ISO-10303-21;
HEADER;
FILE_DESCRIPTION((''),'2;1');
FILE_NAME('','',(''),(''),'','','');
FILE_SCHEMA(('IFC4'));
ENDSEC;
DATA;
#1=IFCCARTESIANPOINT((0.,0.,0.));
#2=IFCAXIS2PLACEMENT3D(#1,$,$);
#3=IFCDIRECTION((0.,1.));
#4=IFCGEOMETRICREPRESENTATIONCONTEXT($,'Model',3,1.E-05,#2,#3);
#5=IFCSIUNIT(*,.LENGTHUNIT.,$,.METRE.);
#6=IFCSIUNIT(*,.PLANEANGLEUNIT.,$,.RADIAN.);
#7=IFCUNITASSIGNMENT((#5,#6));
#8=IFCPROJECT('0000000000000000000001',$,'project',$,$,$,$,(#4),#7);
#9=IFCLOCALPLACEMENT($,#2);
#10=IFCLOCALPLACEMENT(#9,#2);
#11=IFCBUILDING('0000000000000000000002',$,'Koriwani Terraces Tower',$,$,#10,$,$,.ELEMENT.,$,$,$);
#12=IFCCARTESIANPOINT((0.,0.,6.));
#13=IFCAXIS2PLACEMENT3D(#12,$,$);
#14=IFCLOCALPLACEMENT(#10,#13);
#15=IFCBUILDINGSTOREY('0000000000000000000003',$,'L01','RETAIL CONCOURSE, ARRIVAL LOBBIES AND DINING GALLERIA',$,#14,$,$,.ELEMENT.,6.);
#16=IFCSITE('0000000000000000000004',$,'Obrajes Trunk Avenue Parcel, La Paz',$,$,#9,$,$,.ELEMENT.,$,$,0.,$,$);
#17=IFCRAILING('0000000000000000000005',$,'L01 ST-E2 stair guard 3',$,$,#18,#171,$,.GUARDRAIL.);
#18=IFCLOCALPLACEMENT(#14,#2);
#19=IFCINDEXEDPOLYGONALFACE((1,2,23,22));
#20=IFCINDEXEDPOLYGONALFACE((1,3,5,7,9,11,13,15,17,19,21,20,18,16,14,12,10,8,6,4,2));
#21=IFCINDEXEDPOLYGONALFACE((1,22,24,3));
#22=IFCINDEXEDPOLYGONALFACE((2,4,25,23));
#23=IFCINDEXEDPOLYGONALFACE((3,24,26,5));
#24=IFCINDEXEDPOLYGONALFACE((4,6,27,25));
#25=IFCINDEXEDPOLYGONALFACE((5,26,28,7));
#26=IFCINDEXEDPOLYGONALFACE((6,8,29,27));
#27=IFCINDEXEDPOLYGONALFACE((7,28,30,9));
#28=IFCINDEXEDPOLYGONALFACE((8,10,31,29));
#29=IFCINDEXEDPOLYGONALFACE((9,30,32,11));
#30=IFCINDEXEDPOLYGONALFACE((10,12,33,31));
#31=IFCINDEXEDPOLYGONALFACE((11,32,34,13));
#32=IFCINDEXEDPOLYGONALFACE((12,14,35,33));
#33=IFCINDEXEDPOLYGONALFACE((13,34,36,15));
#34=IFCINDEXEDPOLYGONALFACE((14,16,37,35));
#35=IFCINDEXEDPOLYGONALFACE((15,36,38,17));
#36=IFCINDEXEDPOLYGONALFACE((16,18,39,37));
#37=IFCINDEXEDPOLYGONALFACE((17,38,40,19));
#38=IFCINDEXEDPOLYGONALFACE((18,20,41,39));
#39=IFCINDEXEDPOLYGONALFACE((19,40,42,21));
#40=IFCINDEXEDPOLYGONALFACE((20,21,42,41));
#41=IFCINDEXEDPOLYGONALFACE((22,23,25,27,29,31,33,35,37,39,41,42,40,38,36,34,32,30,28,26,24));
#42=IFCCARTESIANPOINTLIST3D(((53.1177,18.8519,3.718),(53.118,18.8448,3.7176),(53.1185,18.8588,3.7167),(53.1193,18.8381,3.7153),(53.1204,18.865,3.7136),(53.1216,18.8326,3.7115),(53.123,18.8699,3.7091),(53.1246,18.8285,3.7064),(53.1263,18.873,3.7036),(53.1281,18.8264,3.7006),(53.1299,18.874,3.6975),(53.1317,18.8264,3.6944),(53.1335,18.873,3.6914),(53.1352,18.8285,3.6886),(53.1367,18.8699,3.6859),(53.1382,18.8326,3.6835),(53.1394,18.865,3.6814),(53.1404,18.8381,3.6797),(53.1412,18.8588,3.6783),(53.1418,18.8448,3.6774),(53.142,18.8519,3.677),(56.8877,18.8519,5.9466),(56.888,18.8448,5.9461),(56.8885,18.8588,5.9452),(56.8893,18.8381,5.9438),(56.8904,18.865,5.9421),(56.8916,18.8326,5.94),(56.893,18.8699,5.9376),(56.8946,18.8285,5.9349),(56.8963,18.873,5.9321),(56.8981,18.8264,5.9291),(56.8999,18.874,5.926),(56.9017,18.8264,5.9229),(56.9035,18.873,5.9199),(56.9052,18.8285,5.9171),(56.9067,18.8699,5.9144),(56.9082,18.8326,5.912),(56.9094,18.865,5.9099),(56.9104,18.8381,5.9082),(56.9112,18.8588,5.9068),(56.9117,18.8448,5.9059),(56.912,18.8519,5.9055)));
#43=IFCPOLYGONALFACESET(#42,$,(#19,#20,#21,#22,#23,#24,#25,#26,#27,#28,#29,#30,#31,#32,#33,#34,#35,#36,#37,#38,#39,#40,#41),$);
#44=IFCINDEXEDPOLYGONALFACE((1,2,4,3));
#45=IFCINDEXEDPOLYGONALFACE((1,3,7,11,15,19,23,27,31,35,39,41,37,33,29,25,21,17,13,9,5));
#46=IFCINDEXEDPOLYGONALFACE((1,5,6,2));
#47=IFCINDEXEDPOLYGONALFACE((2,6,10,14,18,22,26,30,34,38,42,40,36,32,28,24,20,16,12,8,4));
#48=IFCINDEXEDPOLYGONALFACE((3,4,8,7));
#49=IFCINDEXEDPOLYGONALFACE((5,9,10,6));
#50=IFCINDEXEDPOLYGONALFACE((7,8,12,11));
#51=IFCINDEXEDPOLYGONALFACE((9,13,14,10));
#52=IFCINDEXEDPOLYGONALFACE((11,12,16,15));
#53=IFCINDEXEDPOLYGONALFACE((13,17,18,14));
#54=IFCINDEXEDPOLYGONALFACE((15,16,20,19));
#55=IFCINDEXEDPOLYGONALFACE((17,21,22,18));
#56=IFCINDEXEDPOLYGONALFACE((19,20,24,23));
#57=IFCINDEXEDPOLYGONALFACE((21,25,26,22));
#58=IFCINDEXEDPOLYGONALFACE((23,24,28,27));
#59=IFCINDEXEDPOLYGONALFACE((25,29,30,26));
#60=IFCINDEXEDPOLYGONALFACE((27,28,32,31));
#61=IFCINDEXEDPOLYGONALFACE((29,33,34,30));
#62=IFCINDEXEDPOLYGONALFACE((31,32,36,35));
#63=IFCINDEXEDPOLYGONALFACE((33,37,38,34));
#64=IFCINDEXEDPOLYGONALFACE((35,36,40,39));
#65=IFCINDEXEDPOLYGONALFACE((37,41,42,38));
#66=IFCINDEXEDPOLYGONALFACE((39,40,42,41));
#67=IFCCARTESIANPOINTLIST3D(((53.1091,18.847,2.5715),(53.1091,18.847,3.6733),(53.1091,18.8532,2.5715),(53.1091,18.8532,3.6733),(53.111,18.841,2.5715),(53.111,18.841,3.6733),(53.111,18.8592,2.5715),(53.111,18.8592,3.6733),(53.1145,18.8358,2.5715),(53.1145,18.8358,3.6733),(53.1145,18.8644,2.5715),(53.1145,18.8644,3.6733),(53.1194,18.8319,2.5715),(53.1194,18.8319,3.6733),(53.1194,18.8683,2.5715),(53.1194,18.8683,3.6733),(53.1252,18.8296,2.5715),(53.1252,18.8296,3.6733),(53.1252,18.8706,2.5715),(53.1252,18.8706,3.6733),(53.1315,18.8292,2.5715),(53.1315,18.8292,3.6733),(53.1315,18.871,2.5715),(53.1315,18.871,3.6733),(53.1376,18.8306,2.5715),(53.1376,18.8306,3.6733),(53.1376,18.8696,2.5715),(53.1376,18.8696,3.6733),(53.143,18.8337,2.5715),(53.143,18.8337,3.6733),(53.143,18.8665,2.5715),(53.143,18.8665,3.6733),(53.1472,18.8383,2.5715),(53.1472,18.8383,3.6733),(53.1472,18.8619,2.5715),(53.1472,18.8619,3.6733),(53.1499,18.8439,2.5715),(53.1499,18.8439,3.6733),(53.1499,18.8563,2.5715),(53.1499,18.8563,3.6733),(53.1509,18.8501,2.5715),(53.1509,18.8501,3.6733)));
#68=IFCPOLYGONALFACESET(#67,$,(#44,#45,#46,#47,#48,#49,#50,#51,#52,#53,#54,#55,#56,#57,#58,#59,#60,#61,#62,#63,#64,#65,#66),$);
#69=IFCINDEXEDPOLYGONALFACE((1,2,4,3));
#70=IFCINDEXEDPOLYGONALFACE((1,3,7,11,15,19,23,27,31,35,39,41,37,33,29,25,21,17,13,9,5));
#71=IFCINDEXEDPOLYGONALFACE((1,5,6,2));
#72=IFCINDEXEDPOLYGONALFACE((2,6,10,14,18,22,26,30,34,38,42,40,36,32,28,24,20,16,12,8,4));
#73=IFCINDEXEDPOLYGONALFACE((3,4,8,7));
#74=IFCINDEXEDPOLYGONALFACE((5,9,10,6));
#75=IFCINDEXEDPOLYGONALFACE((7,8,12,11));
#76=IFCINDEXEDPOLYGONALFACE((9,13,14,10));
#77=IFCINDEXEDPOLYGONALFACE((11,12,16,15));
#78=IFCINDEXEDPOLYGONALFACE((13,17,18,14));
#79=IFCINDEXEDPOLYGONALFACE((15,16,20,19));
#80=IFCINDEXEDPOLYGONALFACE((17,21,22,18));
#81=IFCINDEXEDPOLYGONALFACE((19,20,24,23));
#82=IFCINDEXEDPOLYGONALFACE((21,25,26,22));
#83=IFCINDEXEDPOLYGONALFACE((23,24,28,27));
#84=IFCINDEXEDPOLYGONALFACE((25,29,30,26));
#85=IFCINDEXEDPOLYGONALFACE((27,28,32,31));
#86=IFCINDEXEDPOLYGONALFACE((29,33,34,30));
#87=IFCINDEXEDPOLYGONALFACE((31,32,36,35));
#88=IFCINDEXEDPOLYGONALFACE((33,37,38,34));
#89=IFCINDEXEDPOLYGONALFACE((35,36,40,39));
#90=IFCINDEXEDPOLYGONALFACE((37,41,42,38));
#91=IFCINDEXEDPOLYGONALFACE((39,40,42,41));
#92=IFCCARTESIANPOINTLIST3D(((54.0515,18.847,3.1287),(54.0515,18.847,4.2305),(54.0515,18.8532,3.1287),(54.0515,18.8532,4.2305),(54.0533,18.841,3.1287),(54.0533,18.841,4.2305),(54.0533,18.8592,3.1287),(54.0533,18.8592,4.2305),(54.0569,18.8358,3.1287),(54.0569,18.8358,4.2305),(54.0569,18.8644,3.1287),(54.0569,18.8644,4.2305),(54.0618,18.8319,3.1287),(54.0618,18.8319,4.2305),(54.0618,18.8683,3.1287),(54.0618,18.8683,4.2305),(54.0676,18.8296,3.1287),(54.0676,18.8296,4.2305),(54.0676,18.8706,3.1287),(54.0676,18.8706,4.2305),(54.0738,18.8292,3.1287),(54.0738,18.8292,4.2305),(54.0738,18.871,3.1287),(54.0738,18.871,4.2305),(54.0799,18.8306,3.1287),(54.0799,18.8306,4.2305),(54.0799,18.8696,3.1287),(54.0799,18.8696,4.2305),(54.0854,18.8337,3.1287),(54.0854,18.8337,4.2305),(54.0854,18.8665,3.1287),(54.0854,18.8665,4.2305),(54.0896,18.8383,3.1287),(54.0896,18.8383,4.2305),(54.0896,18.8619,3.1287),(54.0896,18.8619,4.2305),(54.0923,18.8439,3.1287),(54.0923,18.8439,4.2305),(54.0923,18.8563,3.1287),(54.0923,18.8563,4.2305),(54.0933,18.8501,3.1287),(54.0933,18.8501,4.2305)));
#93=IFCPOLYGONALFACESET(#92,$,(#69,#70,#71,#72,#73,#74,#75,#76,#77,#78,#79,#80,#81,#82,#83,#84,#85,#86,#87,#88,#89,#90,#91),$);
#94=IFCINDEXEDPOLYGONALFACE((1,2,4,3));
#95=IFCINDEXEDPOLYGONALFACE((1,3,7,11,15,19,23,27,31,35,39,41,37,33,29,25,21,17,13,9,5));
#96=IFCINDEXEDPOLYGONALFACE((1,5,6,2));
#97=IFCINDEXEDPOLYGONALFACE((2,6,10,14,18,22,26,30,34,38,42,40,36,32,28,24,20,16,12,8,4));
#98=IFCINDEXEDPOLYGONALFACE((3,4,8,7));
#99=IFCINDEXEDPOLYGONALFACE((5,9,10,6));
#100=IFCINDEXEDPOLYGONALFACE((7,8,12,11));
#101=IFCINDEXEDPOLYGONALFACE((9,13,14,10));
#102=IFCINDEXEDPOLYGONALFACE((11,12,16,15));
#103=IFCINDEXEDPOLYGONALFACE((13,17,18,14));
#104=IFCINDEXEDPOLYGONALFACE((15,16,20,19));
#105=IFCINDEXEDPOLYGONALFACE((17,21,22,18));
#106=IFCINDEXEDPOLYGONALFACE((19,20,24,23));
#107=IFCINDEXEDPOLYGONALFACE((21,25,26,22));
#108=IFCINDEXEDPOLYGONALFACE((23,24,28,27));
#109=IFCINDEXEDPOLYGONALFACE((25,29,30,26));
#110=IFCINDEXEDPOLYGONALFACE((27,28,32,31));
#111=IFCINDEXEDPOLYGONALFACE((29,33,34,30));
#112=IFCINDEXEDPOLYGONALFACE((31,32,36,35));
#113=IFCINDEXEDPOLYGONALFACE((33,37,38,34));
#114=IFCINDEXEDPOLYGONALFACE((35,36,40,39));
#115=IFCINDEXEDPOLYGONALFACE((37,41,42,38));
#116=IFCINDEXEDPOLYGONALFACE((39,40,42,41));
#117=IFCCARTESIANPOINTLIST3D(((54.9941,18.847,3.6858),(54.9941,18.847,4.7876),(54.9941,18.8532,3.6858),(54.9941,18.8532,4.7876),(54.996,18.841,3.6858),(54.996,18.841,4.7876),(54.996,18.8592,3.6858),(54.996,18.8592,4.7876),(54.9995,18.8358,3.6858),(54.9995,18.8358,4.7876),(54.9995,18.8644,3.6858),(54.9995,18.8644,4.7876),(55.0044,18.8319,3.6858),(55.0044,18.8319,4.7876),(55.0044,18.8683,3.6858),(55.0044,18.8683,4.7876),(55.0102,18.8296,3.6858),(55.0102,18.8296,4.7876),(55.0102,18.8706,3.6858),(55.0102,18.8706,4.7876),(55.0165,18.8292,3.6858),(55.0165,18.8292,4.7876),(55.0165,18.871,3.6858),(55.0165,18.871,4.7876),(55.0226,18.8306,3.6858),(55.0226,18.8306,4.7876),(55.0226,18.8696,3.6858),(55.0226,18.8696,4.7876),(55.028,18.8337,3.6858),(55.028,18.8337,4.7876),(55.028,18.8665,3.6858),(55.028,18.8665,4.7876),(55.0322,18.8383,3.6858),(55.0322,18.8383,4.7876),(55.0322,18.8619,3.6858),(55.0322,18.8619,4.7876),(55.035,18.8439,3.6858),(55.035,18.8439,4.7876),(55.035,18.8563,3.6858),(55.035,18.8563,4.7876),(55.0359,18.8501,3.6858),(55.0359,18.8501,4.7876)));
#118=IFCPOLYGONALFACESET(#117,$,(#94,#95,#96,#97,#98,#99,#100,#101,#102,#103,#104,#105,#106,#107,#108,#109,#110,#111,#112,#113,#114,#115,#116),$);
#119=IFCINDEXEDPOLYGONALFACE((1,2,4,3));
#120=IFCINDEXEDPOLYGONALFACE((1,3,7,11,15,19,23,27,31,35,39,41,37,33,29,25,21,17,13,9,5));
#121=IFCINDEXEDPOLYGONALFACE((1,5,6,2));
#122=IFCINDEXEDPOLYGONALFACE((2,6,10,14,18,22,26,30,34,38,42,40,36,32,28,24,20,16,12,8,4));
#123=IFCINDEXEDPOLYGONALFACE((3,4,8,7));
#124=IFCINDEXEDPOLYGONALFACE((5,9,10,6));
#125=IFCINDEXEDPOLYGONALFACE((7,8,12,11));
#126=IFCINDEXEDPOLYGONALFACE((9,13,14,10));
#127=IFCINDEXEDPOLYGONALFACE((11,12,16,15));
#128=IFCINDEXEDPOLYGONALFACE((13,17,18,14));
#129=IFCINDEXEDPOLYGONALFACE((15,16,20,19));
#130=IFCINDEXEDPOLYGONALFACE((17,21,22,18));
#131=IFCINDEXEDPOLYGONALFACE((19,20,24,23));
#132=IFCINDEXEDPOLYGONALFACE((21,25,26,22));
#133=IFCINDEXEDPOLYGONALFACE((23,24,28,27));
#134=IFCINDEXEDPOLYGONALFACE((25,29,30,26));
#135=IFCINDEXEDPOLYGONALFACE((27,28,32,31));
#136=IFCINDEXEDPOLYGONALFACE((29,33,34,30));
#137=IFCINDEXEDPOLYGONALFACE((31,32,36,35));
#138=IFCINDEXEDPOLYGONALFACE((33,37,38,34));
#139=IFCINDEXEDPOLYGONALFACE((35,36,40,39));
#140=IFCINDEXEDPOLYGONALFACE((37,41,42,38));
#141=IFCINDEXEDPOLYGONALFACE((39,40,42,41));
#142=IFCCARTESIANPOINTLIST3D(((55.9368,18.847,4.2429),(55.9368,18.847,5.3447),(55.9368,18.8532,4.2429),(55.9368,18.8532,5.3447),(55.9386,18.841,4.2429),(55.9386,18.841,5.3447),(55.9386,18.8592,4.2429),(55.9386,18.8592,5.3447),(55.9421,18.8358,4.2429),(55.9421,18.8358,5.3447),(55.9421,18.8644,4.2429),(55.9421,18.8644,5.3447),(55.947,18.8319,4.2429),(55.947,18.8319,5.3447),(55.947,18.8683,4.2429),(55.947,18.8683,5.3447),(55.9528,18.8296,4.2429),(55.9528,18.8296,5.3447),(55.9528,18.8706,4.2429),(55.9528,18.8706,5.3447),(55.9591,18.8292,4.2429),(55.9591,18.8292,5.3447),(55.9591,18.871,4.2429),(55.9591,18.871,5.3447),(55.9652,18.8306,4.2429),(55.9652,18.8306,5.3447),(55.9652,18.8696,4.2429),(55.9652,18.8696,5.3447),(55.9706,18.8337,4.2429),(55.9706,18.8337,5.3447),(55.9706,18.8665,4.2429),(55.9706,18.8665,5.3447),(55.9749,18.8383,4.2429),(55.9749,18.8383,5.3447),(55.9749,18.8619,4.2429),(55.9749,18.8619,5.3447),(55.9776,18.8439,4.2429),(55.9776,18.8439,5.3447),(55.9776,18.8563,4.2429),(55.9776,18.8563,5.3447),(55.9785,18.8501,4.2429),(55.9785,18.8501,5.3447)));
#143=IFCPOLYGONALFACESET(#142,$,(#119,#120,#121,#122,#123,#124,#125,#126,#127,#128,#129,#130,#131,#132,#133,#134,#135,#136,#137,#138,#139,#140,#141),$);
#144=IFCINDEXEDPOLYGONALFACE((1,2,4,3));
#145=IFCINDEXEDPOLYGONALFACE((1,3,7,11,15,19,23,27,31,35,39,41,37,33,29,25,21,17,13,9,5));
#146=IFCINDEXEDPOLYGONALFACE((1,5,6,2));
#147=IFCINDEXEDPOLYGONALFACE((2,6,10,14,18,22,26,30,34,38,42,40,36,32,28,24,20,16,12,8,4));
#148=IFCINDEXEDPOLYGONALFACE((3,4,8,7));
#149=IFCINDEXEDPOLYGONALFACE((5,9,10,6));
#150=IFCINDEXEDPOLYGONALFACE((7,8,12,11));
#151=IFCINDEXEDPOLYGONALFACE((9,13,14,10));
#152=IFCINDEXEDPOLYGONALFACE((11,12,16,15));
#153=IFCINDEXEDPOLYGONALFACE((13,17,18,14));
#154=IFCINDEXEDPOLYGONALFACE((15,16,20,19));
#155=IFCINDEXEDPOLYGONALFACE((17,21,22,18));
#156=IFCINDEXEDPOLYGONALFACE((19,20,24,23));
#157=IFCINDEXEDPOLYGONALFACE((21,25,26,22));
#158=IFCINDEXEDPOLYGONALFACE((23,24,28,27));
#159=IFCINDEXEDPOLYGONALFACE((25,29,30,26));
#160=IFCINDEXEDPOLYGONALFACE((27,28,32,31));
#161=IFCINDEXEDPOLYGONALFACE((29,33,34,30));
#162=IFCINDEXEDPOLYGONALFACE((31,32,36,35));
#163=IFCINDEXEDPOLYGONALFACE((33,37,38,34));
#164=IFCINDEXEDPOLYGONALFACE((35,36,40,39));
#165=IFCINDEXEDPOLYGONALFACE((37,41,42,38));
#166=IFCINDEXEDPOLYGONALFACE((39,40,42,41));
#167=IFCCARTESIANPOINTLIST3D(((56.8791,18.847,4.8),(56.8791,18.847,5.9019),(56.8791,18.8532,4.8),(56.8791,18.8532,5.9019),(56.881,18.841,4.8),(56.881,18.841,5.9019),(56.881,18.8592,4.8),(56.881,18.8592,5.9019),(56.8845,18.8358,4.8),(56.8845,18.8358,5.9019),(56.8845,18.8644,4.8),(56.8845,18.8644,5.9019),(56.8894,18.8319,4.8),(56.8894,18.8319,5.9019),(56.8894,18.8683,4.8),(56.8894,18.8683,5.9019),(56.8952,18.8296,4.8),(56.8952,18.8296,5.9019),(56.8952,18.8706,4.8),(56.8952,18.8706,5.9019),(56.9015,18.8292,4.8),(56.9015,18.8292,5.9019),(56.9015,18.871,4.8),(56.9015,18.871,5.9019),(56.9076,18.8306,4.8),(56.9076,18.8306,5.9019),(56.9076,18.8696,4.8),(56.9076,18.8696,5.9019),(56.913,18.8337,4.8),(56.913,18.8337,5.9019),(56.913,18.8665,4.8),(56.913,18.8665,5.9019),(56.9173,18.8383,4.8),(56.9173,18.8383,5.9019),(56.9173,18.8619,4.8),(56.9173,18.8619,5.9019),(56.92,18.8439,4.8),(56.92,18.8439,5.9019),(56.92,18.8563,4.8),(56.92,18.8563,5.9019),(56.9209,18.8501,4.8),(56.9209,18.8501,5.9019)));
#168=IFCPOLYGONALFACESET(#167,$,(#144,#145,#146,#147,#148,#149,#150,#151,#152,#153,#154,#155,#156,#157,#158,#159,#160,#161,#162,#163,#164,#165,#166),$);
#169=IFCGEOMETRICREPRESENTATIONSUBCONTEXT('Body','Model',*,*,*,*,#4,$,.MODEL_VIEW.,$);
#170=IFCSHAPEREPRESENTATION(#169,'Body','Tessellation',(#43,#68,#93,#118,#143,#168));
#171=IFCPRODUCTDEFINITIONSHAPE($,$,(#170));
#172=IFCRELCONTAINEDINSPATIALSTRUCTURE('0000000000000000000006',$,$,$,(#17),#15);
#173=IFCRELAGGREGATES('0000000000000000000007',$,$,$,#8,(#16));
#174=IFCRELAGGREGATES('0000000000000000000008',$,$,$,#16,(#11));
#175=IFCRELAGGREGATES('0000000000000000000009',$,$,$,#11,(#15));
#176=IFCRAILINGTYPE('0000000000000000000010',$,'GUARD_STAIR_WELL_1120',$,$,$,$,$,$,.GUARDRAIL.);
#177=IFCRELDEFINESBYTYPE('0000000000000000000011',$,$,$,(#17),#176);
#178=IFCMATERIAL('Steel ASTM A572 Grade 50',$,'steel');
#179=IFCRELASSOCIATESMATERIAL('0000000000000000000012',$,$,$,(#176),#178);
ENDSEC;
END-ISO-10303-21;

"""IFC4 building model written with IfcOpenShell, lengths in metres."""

from ifc_helpers import new_model, si_unit, direction, frame, origin, origin_2d, place, context, subcontext, project, spatial, circle, extrude, material, type_object, element, save


model = new_model("IFC4")

# Units and contexts
model_context = context("Model", 3, precision=1e-05, world=origin(), true_north=direction((0.0, 1.0)))
body_context = subcontext(model_context, "Body", "Model", "MODEL_VIEW")
ifc_project = project(units=[si_unit("LENGTHUNIT", "METRE"), si_unit("PLANEANGLEUNIT", "RADIAN")], contexts=[model_context])

# Site, building, storey
site_placement = place(None, origin())
site = spatial("IfcSite", under=ifc_project, at=site_placement, Name="Obrajes Trunk Avenue Parcel, La Paz", CompositionType="ELEMENT", RefElevation=0.0)
building_placement = place(site_placement, origin())
building = spatial("IfcBuilding", under=site, at=building_placement, Name="Koriwani Terraces Tower", CompositionType="ELEMENT")
storey_placement = place(building_placement, frame((0.0, 0.0, 6.0)))
storey = spatial("IfcBuildingStorey", under=building, at=storey_placement, Name="L01", Description="RETAIL CONCOURSE, ARRIVAL LOBBIES AND DINING GALLERIA", CompositionType="ELEMENT", Elevation=6.0)

# Shared definitions
ifc_material_1 = material(Name="Steel ASTM A572 Grade 50", Category="steel")

# Railing
railing_type_1 = type_object("IfcRailingType", Name="GUARD_STAIR_WELL_1120", PredefinedType="GUARDRAIL", material=ifc_material_1)
railing_1_placement = place(storey_placement, frame((53.1299, 18.8501, 2.5715)))
element("IfcRailing", 1, at=railing_1_placement, inside=storey, type_object=railing_type_1, Name="L01 ST-E2 stair guard 3", PredefinedType="GUARDRAIL", context=body_context, shape_type="SweptSolid", body=[
    extrude(circle(Radius=0.0239, at=origin_2d()), frame((0.0, 0.0, 1.126), z_axis=(0.860849, 0.0, 0.508861), x_axis=(0.0, 1.0, 0.0)), (0.0, 0.0, 1.0), 4.3794),
    extrude(circle(Radius=0.021, at=origin_2d()), origin(), (0.0, 0.0, 1.0), 1.1018),
    extrude(circle(Radius=0.021, at=origin_2d()), frame((0.9424, 0.0, 0.5571)), (0.0, 0.0, 1.0), 1.1018),
    extrude(circle(Radius=0.021, at=origin_2d()), frame((1.885, 0.0, 1.1143)), (0.0, 0.0, 1.0), 1.1018),
    extrude(circle(Radius=0.021, at=origin_2d()), frame((2.8276, 0.0, 1.6714)), (0.0, 0.0, 1.0), 1.1018),
    extrude(circle(Radius=0.021, at=origin_2d()), frame((3.77, 0.0, 2.2285)), (0.0, 0.0, 1.0), 1.1018),
])

save(model, "model.ifc")
